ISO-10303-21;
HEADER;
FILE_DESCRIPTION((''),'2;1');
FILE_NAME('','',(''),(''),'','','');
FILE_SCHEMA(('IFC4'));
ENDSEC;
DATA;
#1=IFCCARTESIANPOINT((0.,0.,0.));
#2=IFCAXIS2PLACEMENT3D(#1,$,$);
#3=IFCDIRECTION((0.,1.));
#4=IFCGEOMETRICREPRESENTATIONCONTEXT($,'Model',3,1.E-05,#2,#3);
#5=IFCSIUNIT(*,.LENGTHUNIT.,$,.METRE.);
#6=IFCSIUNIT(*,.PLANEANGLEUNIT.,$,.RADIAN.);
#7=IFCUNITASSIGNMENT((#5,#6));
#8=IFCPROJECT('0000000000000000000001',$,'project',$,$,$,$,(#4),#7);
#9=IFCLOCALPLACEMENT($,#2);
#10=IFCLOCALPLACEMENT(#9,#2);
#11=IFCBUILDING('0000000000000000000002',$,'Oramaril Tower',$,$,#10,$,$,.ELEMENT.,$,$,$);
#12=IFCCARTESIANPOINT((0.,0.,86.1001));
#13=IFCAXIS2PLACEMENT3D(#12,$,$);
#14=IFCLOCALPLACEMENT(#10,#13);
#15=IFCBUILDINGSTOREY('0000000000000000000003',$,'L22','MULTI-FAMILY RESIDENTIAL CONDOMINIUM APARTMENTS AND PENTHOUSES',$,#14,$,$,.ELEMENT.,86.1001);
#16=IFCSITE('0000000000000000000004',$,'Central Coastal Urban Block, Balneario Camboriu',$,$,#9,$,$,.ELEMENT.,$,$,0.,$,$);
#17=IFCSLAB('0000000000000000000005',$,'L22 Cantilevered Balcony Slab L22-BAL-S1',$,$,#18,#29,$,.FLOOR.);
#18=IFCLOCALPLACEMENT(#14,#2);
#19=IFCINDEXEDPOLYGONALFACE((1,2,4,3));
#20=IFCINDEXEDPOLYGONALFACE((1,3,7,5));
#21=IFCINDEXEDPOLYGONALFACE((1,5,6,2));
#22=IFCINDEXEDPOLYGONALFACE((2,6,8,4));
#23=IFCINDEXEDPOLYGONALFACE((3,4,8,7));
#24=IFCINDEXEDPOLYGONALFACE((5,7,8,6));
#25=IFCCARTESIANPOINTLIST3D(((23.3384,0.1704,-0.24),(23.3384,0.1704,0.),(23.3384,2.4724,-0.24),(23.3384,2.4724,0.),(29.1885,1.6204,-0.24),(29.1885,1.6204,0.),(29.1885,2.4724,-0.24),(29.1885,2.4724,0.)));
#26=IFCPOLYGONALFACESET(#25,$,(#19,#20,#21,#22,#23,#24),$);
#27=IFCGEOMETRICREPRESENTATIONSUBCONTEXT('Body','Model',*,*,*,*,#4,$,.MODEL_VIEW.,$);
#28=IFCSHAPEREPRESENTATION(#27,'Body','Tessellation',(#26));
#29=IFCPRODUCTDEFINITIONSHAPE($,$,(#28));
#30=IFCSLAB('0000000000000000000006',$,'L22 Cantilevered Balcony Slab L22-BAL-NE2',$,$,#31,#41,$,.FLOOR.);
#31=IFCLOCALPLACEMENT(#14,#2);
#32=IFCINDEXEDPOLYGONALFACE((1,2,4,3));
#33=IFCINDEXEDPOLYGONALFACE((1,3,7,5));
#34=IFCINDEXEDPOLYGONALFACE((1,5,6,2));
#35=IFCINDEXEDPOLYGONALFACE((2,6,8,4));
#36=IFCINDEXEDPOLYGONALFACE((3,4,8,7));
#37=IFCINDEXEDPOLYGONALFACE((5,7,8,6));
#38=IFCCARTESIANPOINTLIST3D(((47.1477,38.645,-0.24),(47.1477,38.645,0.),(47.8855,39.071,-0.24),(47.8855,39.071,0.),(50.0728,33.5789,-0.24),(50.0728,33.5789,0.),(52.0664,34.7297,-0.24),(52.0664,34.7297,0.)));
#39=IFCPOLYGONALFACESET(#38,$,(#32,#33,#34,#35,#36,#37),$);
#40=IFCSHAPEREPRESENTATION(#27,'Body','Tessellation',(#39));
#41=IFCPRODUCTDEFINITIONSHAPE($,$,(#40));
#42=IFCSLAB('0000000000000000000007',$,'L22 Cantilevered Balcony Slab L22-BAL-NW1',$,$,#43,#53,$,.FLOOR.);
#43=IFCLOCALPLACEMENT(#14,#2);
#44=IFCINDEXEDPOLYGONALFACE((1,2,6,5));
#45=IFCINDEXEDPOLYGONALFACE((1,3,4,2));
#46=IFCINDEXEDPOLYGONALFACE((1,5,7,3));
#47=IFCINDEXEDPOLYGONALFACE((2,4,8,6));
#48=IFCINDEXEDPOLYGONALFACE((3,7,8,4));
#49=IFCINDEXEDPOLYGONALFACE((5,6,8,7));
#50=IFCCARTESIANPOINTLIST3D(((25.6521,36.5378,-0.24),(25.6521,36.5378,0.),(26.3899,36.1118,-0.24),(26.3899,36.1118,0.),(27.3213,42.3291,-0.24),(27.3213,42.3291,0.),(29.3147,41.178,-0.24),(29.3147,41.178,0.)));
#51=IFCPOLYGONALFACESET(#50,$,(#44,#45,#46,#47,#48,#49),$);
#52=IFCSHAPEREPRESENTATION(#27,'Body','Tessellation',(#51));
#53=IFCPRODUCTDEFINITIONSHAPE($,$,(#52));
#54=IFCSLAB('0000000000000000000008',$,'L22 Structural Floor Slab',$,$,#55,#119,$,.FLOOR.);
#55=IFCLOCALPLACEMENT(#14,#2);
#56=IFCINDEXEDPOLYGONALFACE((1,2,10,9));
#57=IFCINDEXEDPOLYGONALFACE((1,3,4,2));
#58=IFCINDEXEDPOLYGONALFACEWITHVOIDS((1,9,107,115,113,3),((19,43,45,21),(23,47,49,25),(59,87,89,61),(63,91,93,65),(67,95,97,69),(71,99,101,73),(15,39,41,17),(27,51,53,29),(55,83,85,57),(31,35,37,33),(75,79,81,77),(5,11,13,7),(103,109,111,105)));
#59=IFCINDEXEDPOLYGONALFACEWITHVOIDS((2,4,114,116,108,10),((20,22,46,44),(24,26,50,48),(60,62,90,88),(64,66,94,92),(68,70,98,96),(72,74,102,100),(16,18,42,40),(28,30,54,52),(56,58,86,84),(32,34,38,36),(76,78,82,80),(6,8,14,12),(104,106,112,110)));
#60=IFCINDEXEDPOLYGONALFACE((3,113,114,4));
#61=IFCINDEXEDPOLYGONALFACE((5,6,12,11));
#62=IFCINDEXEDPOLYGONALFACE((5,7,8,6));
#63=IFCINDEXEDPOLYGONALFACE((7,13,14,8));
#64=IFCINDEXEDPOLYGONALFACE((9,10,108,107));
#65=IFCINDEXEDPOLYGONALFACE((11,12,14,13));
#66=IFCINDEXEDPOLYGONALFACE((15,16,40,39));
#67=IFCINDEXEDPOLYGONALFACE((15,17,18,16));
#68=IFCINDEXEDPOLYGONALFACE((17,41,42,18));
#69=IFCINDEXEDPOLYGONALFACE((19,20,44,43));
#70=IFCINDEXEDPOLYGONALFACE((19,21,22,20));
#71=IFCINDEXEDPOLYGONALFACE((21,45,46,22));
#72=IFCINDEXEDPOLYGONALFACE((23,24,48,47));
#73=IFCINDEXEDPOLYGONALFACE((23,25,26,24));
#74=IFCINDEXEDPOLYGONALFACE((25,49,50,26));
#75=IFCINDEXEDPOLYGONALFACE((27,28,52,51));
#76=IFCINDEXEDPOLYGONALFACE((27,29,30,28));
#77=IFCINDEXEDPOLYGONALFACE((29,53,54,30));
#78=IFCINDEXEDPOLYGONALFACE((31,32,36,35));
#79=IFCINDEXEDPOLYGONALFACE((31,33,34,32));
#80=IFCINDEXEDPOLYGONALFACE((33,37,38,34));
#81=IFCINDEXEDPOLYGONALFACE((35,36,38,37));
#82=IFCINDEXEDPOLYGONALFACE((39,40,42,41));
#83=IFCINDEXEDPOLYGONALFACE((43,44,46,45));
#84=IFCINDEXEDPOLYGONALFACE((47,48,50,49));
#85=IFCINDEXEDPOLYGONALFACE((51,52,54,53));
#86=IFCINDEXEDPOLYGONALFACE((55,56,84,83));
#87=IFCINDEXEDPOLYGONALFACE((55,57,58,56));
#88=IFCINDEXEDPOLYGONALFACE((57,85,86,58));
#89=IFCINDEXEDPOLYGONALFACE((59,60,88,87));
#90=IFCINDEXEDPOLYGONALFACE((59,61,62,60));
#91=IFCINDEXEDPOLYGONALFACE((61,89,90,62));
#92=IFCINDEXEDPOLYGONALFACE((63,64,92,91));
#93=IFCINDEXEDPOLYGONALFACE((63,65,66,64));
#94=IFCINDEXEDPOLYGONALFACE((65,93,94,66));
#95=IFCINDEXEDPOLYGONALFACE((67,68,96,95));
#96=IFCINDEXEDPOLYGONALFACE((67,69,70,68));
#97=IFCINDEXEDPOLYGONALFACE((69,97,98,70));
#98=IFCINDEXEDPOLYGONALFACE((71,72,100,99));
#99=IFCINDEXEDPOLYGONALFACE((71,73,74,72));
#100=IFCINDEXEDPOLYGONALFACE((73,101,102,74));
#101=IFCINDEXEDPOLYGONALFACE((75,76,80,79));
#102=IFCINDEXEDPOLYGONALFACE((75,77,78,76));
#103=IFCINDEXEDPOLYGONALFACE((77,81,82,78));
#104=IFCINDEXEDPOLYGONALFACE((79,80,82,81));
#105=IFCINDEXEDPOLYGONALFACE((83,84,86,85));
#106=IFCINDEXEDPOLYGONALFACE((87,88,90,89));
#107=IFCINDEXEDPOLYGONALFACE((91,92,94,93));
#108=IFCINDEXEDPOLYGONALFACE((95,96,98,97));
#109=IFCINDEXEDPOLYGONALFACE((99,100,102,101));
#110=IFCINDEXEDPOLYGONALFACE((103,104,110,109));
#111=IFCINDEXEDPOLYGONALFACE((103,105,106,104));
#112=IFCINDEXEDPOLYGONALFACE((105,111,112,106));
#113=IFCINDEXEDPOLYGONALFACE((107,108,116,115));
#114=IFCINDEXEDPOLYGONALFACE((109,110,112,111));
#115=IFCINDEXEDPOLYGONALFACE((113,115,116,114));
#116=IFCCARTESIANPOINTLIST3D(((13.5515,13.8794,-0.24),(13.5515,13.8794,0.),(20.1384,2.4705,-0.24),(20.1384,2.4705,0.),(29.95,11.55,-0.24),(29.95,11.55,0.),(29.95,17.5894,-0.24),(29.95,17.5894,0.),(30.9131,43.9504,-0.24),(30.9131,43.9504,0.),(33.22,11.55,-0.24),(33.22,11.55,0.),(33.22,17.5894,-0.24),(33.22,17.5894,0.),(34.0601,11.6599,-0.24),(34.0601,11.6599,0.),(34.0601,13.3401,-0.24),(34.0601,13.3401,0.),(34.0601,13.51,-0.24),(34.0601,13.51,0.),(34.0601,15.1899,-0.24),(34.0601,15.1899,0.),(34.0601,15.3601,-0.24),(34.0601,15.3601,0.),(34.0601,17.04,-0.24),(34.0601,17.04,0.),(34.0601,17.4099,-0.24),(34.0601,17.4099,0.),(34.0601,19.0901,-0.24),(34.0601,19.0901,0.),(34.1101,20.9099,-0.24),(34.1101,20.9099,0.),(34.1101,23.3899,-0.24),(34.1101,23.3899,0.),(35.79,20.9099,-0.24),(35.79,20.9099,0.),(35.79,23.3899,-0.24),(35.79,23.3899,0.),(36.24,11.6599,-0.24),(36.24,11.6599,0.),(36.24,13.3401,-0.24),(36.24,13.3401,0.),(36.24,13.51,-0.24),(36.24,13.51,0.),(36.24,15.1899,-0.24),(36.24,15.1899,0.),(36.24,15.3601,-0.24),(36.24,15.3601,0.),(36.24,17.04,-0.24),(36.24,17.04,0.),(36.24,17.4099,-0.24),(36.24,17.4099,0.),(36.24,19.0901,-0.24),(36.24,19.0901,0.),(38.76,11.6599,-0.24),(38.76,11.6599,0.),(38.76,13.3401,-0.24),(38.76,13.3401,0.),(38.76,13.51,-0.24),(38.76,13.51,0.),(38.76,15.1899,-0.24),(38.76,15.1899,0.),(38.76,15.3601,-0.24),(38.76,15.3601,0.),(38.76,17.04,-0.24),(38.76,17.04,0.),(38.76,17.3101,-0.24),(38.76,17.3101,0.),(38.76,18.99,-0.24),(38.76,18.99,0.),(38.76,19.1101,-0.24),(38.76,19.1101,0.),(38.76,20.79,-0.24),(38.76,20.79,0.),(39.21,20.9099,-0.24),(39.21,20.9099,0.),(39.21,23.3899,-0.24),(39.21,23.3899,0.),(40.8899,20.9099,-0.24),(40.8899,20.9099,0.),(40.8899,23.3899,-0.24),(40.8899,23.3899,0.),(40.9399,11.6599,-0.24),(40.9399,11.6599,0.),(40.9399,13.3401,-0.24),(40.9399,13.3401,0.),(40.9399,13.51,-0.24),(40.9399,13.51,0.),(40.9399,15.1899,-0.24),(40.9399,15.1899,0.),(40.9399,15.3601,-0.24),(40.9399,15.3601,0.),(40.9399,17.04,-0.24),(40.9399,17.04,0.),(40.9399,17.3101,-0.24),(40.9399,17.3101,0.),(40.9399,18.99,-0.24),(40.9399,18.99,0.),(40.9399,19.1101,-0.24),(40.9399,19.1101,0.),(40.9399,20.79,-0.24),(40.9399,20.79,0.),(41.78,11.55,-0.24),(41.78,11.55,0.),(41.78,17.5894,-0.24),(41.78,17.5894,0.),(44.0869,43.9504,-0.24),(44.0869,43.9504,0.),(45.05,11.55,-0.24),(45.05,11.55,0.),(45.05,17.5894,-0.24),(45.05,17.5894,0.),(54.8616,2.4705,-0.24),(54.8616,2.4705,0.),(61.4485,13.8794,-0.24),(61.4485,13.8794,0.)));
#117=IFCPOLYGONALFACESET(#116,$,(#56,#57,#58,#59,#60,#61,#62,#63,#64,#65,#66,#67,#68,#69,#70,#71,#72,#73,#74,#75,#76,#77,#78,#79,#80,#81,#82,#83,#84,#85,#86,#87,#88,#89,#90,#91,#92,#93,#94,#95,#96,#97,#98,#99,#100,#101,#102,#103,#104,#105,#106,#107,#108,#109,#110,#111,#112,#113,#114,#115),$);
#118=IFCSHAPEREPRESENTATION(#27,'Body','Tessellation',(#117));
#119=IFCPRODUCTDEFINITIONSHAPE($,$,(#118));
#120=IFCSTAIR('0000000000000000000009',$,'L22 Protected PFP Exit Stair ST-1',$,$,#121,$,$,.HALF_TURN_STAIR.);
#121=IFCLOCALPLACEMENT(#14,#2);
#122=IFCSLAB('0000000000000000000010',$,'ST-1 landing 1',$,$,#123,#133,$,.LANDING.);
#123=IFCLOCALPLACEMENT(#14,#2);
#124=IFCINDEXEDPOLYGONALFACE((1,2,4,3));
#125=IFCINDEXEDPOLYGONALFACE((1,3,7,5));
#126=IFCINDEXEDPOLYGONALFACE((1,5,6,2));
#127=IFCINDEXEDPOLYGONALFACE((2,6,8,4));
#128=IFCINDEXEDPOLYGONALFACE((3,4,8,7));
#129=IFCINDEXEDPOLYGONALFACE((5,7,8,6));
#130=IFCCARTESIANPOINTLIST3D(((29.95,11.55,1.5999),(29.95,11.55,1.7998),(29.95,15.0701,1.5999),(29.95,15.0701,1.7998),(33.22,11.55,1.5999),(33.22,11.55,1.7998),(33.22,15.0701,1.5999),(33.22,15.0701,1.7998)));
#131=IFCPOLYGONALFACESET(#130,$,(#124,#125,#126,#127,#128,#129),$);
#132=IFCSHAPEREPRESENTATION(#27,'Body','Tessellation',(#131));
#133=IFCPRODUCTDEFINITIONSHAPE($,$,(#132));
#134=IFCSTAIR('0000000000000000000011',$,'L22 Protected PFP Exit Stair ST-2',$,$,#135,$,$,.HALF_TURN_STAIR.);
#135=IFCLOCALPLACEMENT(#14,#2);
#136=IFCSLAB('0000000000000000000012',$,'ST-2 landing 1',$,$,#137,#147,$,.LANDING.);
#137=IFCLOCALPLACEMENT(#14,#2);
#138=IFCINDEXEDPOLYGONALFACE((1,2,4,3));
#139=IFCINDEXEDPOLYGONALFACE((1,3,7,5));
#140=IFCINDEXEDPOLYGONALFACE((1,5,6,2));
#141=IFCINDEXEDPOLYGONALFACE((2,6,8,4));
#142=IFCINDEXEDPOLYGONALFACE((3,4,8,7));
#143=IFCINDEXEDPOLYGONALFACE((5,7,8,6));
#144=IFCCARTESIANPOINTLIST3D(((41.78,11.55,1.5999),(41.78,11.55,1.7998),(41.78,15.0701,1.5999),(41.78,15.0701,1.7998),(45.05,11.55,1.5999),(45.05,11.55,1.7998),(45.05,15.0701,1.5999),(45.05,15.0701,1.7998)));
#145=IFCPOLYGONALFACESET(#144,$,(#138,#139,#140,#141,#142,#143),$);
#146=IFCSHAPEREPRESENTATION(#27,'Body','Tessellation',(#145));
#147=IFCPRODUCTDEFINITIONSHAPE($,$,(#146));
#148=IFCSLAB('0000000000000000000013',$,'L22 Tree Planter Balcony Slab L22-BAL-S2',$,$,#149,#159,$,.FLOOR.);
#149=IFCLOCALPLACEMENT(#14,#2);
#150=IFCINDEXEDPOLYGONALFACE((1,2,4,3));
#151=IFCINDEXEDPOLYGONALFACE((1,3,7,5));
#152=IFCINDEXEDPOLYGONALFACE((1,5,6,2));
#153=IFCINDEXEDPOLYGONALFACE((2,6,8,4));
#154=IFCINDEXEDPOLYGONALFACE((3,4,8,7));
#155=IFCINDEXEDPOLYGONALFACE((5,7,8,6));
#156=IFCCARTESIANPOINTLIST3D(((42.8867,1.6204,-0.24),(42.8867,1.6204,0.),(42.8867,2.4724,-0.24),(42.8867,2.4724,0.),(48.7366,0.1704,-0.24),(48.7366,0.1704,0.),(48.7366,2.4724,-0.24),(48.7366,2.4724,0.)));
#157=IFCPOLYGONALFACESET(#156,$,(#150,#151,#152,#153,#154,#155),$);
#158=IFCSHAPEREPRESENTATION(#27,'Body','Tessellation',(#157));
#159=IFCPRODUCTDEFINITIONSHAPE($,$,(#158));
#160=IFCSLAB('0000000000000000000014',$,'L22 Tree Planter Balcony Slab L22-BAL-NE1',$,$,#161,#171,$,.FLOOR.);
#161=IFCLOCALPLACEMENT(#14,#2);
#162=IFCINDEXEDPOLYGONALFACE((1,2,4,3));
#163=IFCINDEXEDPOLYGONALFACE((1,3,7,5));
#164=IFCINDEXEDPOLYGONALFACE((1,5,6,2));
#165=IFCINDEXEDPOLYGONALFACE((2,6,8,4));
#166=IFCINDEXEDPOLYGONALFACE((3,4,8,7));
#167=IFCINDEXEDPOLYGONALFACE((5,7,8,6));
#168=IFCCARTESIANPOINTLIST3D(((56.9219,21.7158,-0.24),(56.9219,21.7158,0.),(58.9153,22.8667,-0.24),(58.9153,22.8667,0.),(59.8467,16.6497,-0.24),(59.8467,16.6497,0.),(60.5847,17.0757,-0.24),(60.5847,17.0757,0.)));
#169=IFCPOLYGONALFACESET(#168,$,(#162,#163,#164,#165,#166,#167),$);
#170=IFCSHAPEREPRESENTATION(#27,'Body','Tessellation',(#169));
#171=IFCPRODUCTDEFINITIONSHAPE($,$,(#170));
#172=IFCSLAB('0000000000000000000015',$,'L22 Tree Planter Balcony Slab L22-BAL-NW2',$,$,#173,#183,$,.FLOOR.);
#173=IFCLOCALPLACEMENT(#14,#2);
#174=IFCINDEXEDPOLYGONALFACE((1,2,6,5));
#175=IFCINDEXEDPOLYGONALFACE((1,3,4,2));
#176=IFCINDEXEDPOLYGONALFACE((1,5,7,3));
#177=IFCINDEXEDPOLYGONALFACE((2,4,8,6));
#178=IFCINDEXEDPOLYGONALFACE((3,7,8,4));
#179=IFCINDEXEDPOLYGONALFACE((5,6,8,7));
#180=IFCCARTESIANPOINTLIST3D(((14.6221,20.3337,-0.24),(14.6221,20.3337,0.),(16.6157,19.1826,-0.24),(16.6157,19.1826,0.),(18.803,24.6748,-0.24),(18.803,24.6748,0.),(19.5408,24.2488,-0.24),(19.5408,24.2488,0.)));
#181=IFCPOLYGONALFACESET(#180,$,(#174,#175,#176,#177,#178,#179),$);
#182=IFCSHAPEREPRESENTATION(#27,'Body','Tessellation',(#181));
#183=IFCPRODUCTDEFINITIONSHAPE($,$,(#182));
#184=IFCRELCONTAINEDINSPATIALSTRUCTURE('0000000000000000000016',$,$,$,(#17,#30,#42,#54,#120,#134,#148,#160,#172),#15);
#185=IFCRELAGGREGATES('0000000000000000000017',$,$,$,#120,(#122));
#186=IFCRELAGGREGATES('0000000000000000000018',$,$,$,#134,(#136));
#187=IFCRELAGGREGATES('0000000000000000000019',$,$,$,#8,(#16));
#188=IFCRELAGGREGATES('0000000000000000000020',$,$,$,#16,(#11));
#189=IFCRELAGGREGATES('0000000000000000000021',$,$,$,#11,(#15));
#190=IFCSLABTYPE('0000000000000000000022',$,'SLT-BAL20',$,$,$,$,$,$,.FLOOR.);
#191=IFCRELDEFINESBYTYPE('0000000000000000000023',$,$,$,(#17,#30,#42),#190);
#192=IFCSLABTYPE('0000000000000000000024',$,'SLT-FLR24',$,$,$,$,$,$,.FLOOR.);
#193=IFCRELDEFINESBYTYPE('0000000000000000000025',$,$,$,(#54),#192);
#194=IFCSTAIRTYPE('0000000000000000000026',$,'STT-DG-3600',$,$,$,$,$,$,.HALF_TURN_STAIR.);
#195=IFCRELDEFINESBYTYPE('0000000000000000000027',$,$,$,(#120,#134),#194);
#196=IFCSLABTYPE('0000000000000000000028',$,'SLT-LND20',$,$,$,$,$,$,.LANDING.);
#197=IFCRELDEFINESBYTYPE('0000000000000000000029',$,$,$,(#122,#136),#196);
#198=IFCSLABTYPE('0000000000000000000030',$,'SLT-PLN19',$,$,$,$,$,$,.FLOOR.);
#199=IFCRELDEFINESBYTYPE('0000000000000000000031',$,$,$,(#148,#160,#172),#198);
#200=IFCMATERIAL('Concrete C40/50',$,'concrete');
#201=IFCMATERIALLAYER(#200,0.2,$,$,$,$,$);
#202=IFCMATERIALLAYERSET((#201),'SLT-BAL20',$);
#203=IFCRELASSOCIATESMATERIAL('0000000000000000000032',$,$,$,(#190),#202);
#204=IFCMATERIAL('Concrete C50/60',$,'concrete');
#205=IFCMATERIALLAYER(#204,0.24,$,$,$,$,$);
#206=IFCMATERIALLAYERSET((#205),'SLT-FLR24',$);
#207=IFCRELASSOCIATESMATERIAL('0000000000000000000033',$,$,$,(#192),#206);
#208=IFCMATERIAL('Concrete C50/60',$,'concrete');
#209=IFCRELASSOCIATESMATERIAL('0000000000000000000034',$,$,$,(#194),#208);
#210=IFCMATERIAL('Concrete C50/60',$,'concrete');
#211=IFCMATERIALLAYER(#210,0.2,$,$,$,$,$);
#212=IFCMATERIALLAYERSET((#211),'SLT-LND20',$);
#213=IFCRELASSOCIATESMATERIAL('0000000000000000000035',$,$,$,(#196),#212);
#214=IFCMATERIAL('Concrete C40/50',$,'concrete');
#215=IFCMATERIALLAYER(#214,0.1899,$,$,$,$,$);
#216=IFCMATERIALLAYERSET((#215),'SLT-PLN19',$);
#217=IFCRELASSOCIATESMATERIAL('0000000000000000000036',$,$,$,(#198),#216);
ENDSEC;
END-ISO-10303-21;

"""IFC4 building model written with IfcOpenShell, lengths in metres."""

from ifc_helpers import new_model, si_unit, direction, frame, origin, place, context, subcontext, project, spatial, polyline, outline, extrude, material, layer, layer_set, type_object, element, aggregate, save


model = new_model("IFC4")

# Units and contexts
model_context = context("Model", 3, precision=1e-05, world=origin(), true_north=direction((0.0, 1.0)))
body_context = subcontext(model_context, "Body", "Model", "MODEL_VIEW")
ifc_project = project(units=[si_unit("LENGTHUNIT", "METRE"), si_unit("PLANEANGLEUNIT", "RADIAN")], contexts=[model_context])

# Site, building, storey
site_placement = place(None, origin())
site = spatial("IfcSite", under=ifc_project, at=site_placement, Name="Central Coastal Urban Block, Balneario Camboriu", CompositionType="ELEMENT", RefElevation=0.0)
building_placement = place(site_placement, origin())
building = spatial("IfcBuilding", under=site, at=building_placement, Name="Oramaril Tower", CompositionType="ELEMENT")
storey_placement = place(building_placement, frame((0.0, 0.0, 86.1001)))
storey = spatial("IfcBuildingStorey", under=building, at=storey_placement, Name="L22", Description="MULTI-FAMILY RESIDENTIAL CONDOMINIUM APARTMENTS AND PENTHOUSES", CompositionType="ELEMENT", Elevation=86.1001)

# Slabs
ifc_material_1 = material(Name="Concrete C40/50", Category="concrete")
ifc_layer_1 = layer(ifc_material_1, 0.2)
ifc_layer_set_1 = layer_set([ifc_layer_1], Name="SLT-BAL20")
slab_type_1 = type_object("IfcSlabType", Name="SLT-BAL20", PredefinedType="FLOOR", material=ifc_layer_set_1)
slab_1_placement = place(storey_placement, frame((0.0, 0.0, -0.24)))
element("IfcSlab", 1, at=slab_1_placement, inside=storey, type_object=slab_type_1, Name="L22 Cantilevered Balcony Slab L22-BAL-S1", PredefinedType="FLOOR", context=body_context, shape_type="SweptSolid", body=[
    extrude(outline(polyline([(23.3384, 2.4724), (29.1885, 2.4724), (29.1885, 1.6204), (23.3384, 0.1704), (23.3384, 2.4724)])), origin(), (0.0, 0.0, 1.0), 0.24),
])
slab_2_placement = place(storey_placement, frame((0.0, 0.0, -0.24)))
element("IfcSlab", 2, at=slab_2_placement, inside=storey, type_object=slab_type_1, Name="L22 Cantilevered Balcony Slab L22-BAL-NE2", PredefinedType="FLOOR", context=body_context, shape_type="SweptSolid", body=[
    extrude(outline(polyline([(50.0728, 33.5789), (47.1477, 38.645), (47.8855, 39.071), (52.0664, 34.7297), (50.0728, 33.5789)])), origin(), (0.0, 0.0, 1.0), 0.24),
])
slab_3_placement = place(storey_placement, frame((0.0, 0.0, -0.24)))
element("IfcSlab", 3, at=slab_3_placement, inside=storey, type_object=slab_type_1, Name="L22 Cantilevered Balcony Slab L22-BAL-NW1", PredefinedType="FLOOR", context=body_context, shape_type="SweptSolid", body=[
    extrude(outline(polyline([(29.3147, 41.178), (26.3899, 36.1118), (25.6521, 36.5378), (27.3213, 42.3291), (29.3147, 41.178)])), origin(), (0.0, 0.0, 1.0), 0.24),
])
ifc_material_2 = material(Name="Concrete C50/60", Category="concrete")
ifc_layer_2 = layer(ifc_material_2, 0.24)
ifc_layer_set_2 = layer_set([ifc_layer_2], Name="SLT-FLR24")
slab_type_2 = type_object("IfcSlabType", Name="SLT-FLR24", PredefinedType="FLOOR", material=ifc_layer_set_2)
slab_4_placement = place(storey_placement, frame((0.0, 0.0, -0.24)))
element("IfcSlab", 4, at=slab_4_placement, inside=storey, type_object=slab_type_2, Name="L22 Structural Floor Slab", PredefinedType="FLOOR", context=body_context, shape_type="SweptSolid", body=[
    extrude(outline(polyline([(13.5515, 13.8794), (20.1384, 2.4705), (54.8616, 2.4705), (61.4485, 13.8794), (44.0869, 43.9504), (30.9131, 43.9504), (13.5515, 13.8794)]), holes=[polyline([(29.95, 17.5894), (29.95, 11.55), (33.22, 11.55), (33.22, 17.5894), (29.95, 17.5894)]), polyline([(41.78, 17.5894), (41.78, 11.55), (45.05, 11.55), (45.05, 17.5894), (41.78, 17.5894)]), polyline([(34.1101, 20.9099), (35.79, 20.9099), (35.79, 23.3899), (34.1101, 23.3899), (34.1101, 20.9099)]), polyline([(39.21, 20.9099), (40.8899, 20.9099), (40.8899, 23.3899), (39.21, 23.3899), (39.21, 20.9099)]), polyline([(34.0601, 11.6599), (36.24, 11.6599), (36.24, 13.3401), (34.0601, 13.3401), (34.0601, 11.6599)]), polyline([(34.0601, 13.51), (36.24, 13.51), (36.24, 15.1899), (34.0601, 15.1899), (34.0601, 13.51)]), polyline([(34.0601, 15.3601), (36.24, 15.3601), (36.24, 17.04), (34.0601, 17.04), (34.0601, 15.3601)]), polyline([(38.76, 11.6599), (40.9399, 11.6599), (40.9399, 13.3401), (38.76, 13.3401), (38.76, 11.6599)]), polyline([(38.76, 13.51), (40.9399, 13.51), (40.9399, 15.1899), (38.76, 15.1899), (38.76, 13.51)]), polyline([(38.76, 15.3601), (40.9399, 15.3601), (40.9399, 17.04), (38.76, 17.04), (38.76, 15.3601)]), polyline([(34.0601, 17.4099), (36.24, 17.4099), (36.24, 19.0901), (34.0601, 19.0901), (34.0601, 17.4099)]), polyline([(38.76, 17.3101), (40.9399, 17.3101), (40.9399, 18.99), (38.76, 18.99), (38.76, 17.3101)]), polyline([(38.76, 19.1101), (40.9399, 19.1101), (40.9399, 20.79), (38.76, 20.79), (38.76, 19.1101)])]), origin(), (0.0, 0.0, 1.0), 0.24),
])

# Stairs, slabs
ifc_material_3 = material(Name="Concrete C50/60", Category="concrete")
stair_type = type_object("IfcStairType", Name="STT-DG-3600", PredefinedType="HALF_TURN_STAIR", material=ifc_material_3)
stair_1_placement = place(storey_placement, origin())
stair_1 = element("IfcStair", 5, at=stair_1_placement, inside=storey, type_object=stair_type, Name="L22 Protected PFP Exit Stair ST-1", PredefinedType="HALF_TURN_STAIR")
ifc_material_4 = material(Name="Concrete C50/60", Category="concrete")
ifc_layer_3 = layer(ifc_material_4, 0.2)
ifc_layer_set_3 = layer_set([ifc_layer_3], Name="SLT-LND20")
slab_type_3 = type_object("IfcSlabType", Name="SLT-LND20", PredefinedType="LANDING", material=ifc_layer_set_3)
slab_5_placement = place(storey_placement, frame((0.0, 0.0, 1.5999)))
slab_5 = element("IfcSlab", 6, at=slab_5_placement, type_object=slab_type_3, Name="ST-1 landing 1", PredefinedType="LANDING", context=body_context, shape_type="SweptSolid", body=[
    extrude(outline(polyline([(29.95, 15.0701), (29.95, 11.55), (33.22, 11.55), (33.22, 15.0701), (29.95, 15.0701)])), origin(), (0.0, 0.0, 1.0), 0.2),
])
aggregate(stair_1, [slab_5])
stair_2_placement = place(storey_placement, origin())
stair_2 = element("IfcStair", 7, at=stair_2_placement, inside=storey, type_object=stair_type, Name="L22 Protected PFP Exit Stair ST-2", PredefinedType="HALF_TURN_STAIR")
slab_6_placement = place(storey_placement, frame((0.0, 0.0, 1.5999)))
slab_6 = element("IfcSlab", 8, at=slab_6_placement, type_object=slab_type_3, Name="ST-2 landing 1", PredefinedType="LANDING", context=body_context, shape_type="SweptSolid", body=[
    extrude(outline(polyline([(41.78, 15.0701), (41.78, 11.55), (45.05, 11.55), (45.05, 15.0701), (41.78, 15.0701)])), origin(), (0.0, 0.0, 1.0), 0.2),
])
aggregate(stair_2, [slab_6])

# Slabs
ifc_material_5 = material(Name="Concrete C40/50", Category="concrete")
ifc_layer_4 = layer(ifc_material_5, 0.1899)
ifc_layer_set_4 = layer_set([ifc_layer_4], Name="SLT-PLN19")
slab_type_4 = type_object("IfcSlabType", Name="SLT-PLN19", PredefinedType="FLOOR", material=ifc_layer_set_4)
slab_7_placement = place(storey_placement, frame((0.0, 0.0, -0.24)))
element("IfcSlab", 9, at=slab_7_placement, inside=storey, type_object=slab_type_4, Name="L22 Tree Planter Balcony Slab L22-BAL-S2", PredefinedType="FLOOR", context=body_context, shape_type="SweptSolid", body=[
    extrude(outline(polyline([(42.8867, 2.4724), (48.7366, 2.4724), (48.7366, 0.1704), (42.8867, 1.6204), (42.8867, 2.4724)])), origin(), (0.0, 0.0, 1.0), 0.24),
])
slab_8_placement = place(storey_placement, frame((0.0, 0.0, -0.24)))
element("IfcSlab", 10, at=slab_8_placement, inside=storey, type_object=slab_type_4, Name="L22 Tree Planter Balcony Slab L22-BAL-NE1", PredefinedType="FLOOR", context=body_context, shape_type="SweptSolid", body=[
    extrude(outline(polyline([(59.8467, 16.6497), (56.9219, 21.7158), (58.9153, 22.8667), (60.5847, 17.0757), (59.8467, 16.6497)])), origin(), (0.0, 0.0, 1.0), 0.24),
])
slab_9_placement = place(storey_placement, frame((0.0, 0.0, -0.24)))
element("IfcSlab", 11, at=slab_9_placement, inside=storey, type_object=slab_type_4, Name="L22 Tree Planter Balcony Slab L22-BAL-NW2", PredefinedType="FLOOR", context=body_context, shape_type="SweptSolid", body=[
    extrude(outline(polyline([(19.5408, 24.2488), (16.6157, 19.1826), (14.6221, 20.3337), (18.803, 24.6748), (19.5408, 24.2488)])), origin(), (0.0, 0.0, 1.0), 0.24),
])

save(model, "model.ifc")
